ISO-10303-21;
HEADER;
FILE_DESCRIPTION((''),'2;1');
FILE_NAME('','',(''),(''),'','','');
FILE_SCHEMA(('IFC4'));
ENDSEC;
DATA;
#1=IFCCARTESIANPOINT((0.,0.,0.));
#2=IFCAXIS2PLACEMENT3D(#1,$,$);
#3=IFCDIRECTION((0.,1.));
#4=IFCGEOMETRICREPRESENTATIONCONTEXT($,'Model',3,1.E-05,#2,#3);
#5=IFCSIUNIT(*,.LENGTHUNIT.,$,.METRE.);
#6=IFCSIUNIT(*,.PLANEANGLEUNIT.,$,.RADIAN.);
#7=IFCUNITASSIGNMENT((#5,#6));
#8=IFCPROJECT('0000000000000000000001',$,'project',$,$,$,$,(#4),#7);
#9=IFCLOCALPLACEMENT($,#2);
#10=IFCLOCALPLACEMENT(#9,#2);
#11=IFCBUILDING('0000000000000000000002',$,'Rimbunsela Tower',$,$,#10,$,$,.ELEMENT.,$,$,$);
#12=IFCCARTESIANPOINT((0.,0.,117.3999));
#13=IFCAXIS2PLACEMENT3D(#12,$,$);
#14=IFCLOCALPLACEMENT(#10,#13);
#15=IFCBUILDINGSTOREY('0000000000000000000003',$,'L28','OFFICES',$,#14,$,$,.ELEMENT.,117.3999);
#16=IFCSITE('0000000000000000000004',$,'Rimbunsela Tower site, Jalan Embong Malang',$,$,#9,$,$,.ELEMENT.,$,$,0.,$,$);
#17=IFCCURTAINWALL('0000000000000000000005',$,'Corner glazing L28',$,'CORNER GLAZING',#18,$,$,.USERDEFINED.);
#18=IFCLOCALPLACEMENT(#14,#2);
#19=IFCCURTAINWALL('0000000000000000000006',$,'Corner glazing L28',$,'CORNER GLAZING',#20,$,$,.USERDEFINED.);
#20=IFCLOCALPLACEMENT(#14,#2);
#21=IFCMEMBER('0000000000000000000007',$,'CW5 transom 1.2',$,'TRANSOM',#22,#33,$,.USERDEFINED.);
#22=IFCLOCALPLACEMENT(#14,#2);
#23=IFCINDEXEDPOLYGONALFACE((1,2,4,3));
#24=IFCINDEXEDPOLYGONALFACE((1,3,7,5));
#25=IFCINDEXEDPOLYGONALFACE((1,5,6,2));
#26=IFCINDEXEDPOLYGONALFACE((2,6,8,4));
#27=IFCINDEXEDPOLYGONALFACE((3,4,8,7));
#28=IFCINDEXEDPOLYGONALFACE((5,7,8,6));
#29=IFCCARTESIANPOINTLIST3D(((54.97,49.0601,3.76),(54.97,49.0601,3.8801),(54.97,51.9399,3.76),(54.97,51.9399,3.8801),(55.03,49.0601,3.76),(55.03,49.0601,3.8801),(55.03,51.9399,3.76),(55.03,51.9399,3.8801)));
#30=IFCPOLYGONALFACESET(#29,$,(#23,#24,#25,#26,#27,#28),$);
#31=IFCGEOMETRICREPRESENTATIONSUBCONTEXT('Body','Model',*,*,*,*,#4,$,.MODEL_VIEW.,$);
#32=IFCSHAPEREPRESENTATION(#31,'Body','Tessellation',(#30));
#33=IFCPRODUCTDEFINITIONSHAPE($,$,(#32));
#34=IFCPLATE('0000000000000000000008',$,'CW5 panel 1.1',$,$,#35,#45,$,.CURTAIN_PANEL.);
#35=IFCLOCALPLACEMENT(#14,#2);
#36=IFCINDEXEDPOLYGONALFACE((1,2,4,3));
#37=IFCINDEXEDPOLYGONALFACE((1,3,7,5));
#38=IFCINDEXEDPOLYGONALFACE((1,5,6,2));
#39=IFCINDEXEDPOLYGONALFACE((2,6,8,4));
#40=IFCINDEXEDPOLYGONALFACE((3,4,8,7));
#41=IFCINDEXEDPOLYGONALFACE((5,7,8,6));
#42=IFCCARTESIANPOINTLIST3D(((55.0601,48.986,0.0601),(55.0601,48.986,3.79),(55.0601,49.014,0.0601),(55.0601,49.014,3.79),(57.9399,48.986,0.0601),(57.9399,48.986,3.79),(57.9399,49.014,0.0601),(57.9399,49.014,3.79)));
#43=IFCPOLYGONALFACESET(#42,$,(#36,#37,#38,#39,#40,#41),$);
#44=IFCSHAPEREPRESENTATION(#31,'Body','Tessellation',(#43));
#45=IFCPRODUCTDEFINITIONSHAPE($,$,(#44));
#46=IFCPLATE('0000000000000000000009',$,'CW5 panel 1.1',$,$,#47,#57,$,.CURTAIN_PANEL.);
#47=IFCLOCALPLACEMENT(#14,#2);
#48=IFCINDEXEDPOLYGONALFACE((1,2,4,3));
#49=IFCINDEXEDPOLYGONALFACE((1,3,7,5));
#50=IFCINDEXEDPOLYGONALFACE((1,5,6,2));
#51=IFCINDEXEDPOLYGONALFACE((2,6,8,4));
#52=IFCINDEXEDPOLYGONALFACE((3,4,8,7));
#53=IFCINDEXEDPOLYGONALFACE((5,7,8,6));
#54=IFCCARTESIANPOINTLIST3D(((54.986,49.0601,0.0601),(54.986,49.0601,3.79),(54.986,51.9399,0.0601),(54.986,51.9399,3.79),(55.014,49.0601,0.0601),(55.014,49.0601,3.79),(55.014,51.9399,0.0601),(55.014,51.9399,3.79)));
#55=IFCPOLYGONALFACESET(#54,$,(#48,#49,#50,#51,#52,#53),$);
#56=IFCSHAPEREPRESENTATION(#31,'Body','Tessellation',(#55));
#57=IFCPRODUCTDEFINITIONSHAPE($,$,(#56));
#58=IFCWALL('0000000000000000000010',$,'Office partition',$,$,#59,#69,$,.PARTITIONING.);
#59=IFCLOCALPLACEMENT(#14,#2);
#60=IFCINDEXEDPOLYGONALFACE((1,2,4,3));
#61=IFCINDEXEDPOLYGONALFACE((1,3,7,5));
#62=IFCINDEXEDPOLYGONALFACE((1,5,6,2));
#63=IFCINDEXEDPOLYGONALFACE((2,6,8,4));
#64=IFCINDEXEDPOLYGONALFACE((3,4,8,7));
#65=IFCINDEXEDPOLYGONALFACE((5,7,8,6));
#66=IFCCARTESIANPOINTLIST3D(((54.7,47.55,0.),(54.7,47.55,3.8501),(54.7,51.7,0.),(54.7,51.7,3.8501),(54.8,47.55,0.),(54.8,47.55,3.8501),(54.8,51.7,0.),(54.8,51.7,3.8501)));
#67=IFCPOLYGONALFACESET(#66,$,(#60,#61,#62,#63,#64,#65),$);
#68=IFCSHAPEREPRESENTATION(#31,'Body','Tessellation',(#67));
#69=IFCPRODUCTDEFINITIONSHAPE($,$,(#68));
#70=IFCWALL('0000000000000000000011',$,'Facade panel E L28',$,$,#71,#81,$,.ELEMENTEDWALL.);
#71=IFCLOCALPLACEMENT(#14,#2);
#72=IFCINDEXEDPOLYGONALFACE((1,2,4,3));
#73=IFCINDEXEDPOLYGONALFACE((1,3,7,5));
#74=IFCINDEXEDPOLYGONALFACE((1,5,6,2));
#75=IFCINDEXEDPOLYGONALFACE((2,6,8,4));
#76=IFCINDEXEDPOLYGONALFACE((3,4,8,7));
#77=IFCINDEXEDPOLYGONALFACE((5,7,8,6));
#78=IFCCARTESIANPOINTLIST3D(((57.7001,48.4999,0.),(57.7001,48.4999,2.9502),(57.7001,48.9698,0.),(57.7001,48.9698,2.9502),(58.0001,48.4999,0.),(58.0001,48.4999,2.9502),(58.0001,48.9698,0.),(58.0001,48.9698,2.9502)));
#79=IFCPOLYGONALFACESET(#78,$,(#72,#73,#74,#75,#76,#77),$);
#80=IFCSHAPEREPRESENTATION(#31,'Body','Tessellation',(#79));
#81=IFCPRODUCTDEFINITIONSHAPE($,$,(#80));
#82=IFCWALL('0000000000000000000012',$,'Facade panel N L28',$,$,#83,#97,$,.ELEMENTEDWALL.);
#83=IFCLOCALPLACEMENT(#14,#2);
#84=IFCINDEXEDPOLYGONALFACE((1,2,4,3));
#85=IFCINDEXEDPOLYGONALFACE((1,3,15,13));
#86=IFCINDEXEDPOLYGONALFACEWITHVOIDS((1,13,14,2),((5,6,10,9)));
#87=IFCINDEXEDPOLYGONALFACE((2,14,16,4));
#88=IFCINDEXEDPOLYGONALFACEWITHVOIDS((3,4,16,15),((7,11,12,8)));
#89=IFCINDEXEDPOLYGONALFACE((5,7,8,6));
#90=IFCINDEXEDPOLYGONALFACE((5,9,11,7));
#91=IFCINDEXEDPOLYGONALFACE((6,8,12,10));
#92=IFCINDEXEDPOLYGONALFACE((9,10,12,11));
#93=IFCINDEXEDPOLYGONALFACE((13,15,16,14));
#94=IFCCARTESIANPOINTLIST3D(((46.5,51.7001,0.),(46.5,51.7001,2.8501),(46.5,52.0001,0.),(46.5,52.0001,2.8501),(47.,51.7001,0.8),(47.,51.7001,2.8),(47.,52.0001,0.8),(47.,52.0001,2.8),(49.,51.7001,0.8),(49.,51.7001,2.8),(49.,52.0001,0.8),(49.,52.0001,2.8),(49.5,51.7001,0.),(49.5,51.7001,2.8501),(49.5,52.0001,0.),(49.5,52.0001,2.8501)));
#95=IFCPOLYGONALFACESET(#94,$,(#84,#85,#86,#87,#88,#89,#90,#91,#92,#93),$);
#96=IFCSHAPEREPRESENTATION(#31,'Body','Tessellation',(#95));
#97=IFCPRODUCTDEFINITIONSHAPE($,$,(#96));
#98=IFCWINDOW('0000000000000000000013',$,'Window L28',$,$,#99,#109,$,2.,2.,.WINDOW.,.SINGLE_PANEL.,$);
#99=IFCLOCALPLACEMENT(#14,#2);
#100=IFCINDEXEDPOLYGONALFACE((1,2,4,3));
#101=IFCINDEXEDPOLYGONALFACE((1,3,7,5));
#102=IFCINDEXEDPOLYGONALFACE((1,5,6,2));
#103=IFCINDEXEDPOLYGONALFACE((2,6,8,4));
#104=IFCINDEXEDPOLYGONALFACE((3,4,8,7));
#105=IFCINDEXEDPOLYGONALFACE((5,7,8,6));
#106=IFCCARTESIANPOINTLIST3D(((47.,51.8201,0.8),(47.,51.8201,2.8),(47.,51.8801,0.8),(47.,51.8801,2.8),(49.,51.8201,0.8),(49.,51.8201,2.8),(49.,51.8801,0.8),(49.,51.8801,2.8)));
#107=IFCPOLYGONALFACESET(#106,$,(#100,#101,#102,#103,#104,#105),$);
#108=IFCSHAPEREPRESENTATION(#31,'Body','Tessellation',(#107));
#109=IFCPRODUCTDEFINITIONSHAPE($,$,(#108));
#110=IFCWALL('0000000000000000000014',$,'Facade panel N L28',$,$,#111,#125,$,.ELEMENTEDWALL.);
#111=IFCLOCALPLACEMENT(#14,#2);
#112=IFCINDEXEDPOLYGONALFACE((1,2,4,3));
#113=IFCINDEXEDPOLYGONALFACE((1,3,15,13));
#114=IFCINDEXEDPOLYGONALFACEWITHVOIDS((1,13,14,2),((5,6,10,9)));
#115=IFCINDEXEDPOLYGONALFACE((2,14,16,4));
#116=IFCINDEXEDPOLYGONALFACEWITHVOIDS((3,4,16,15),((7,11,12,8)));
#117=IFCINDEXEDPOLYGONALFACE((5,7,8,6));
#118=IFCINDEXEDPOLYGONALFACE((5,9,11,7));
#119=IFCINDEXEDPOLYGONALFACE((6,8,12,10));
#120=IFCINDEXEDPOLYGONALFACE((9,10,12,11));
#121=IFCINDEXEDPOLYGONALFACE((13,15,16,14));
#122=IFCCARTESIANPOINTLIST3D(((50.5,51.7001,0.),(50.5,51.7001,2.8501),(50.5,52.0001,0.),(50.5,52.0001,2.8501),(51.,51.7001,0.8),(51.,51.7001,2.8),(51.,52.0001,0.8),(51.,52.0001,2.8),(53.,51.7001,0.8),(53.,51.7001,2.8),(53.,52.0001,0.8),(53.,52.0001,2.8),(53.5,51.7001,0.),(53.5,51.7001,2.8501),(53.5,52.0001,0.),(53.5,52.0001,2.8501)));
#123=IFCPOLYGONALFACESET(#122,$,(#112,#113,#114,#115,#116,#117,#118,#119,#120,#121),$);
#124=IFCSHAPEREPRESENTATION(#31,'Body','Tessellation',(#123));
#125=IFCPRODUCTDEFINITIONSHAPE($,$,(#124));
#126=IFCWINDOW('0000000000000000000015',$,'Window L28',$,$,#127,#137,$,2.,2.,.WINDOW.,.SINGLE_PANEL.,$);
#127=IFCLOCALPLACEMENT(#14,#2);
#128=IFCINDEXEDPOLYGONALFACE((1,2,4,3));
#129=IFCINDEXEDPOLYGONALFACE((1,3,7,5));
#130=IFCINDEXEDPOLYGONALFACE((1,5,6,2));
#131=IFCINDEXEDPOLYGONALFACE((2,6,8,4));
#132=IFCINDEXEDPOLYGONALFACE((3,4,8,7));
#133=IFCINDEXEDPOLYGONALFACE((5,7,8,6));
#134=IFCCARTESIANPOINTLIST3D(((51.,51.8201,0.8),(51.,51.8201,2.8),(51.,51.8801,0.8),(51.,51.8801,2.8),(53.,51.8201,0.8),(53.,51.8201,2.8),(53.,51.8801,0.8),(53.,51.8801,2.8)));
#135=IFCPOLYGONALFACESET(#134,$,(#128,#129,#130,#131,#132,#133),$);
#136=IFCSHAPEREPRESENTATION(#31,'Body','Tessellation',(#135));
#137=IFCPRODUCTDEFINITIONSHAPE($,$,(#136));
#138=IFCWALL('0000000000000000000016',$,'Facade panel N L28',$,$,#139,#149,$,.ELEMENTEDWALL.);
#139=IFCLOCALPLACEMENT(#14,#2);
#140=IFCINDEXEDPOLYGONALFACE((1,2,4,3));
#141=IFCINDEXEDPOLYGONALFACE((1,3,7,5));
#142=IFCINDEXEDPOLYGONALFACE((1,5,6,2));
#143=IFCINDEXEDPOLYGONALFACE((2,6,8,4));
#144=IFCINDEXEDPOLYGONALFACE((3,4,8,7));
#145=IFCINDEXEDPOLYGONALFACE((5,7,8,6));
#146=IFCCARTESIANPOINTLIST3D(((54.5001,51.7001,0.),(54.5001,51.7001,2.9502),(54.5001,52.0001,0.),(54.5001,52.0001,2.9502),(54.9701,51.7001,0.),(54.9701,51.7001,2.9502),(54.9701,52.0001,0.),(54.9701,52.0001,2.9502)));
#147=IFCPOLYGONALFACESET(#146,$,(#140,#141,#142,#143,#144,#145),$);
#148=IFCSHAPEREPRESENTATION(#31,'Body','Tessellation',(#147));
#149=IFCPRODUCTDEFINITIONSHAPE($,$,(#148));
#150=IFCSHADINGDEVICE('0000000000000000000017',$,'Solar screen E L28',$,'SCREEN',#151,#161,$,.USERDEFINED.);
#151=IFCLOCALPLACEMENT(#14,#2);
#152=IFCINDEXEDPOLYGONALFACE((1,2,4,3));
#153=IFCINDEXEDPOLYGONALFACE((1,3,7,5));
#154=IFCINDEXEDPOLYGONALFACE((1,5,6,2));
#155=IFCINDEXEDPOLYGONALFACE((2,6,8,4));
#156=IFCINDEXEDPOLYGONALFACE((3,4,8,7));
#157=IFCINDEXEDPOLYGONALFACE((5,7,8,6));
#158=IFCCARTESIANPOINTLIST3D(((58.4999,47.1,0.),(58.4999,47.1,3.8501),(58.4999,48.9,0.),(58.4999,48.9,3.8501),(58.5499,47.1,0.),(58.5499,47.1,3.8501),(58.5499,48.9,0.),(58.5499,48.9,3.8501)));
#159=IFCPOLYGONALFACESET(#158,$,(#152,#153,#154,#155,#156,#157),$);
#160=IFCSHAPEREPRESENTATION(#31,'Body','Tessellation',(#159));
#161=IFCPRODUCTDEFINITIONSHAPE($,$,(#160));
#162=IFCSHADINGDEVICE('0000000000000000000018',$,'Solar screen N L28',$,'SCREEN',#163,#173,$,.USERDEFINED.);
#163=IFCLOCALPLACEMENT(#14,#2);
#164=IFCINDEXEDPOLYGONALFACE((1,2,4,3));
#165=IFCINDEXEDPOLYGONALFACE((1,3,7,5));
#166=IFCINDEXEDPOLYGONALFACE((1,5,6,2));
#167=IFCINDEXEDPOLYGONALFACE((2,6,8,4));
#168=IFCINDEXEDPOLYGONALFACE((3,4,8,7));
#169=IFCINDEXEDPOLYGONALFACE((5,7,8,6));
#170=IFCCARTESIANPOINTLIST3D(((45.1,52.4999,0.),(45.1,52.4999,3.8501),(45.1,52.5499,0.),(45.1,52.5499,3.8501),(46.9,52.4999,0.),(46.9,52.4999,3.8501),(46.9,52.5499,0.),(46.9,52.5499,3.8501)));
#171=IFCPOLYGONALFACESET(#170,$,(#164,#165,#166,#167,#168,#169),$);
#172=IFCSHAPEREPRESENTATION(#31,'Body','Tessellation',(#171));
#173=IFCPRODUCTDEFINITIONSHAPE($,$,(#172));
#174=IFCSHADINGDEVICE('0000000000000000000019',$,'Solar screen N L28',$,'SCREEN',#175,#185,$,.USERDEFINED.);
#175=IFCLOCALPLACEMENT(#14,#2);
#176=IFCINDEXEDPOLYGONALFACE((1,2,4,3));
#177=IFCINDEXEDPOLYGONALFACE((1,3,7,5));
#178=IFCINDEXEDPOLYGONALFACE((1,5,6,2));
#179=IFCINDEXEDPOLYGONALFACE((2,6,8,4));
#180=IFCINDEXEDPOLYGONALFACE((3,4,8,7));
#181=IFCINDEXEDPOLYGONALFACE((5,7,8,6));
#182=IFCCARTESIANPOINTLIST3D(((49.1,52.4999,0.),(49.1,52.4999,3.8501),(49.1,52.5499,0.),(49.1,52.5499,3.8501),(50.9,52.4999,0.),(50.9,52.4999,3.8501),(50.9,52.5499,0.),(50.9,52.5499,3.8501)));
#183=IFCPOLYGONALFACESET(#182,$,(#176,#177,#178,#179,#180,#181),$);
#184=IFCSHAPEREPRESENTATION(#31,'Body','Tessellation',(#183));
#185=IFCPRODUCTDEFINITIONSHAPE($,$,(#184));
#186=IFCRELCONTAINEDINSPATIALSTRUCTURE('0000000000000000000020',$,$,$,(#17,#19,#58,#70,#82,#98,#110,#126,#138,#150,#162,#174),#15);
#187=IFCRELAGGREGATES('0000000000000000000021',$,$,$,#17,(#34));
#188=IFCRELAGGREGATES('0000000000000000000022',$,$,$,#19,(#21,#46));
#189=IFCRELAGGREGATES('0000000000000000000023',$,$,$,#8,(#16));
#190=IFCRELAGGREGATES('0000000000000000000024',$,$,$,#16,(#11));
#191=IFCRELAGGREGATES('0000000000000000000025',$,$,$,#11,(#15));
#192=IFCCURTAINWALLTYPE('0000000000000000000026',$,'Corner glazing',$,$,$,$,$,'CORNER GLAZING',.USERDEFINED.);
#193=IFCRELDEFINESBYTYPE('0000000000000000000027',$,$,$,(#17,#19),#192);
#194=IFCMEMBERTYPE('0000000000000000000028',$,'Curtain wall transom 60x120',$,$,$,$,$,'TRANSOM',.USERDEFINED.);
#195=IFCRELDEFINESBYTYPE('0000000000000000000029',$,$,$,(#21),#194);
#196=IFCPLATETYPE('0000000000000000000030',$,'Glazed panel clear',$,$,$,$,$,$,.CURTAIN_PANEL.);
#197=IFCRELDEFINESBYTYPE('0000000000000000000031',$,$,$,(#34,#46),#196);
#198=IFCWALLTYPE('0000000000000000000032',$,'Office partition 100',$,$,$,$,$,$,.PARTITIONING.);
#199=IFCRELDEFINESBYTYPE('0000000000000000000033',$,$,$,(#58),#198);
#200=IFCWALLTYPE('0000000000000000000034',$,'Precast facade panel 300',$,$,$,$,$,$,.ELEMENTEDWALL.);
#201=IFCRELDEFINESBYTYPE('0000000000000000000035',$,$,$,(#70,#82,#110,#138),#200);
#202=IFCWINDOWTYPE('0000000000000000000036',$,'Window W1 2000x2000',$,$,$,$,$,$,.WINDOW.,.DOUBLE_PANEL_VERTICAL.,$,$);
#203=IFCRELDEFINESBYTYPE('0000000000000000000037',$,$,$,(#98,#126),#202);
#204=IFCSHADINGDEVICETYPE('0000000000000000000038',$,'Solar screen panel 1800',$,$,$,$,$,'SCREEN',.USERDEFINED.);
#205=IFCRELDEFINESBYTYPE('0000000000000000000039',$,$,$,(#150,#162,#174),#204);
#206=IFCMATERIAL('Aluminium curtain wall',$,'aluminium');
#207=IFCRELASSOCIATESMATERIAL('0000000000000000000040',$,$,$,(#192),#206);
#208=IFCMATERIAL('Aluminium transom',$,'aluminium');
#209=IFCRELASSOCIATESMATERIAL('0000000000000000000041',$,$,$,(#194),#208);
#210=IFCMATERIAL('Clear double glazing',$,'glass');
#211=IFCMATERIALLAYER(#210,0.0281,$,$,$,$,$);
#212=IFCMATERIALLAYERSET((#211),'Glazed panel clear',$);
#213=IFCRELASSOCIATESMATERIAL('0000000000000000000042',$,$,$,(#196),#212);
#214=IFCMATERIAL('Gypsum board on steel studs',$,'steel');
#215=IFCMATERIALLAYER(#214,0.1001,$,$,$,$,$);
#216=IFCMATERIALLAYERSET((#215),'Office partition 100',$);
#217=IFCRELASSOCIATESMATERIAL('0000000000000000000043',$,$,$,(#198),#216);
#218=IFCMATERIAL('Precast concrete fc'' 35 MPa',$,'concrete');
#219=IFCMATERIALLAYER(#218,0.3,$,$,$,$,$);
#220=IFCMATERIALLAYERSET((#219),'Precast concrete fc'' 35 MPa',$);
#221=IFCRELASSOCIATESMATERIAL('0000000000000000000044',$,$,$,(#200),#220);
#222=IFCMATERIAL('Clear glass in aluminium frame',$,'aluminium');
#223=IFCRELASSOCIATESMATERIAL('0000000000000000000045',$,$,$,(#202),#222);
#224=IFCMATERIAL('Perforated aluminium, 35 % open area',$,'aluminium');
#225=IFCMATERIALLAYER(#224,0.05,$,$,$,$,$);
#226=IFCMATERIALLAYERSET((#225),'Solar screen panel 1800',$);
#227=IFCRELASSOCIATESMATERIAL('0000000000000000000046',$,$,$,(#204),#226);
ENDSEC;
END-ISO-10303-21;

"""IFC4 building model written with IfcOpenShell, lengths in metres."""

from ifc_helpers import new_model, si_unit, direction, frame, frame_2d, origin, origin_2d, place, context, subcontext, project, spatial, rectangle, extrude, material, layer, layer_set, material_profile, profile_set, type_object, element, fill, aggregate, save


model = new_model("IFC4")

# Units and contexts
model_context = context("Model", 3, precision=1e-05, world=origin(), true_north=direction((0.0, 1.0)))
body_context = subcontext(model_context, "Body", "Model", "MODEL_VIEW")
ifc_project = project(units=[si_unit("LENGTHUNIT", "METRE"), si_unit("PLANEANGLEUNIT", "RADIAN")], contexts=[model_context])

# Site, building, storey
site_placement = place(None, origin())
site = spatial("IfcSite", under=ifc_project, at=site_placement, Name="Rimbunsela Tower site, Jalan Embong Malang", CompositionType="ELEMENT", RefElevation=0.0)
building_placement = place(site_placement, origin())
building = spatial("IfcBuilding", under=site, at=building_placement, Name="Rimbunsela Tower", CompositionType="ELEMENT")
storey_placement = place(building_placement, frame((0.0, 0.0, 117.3999)))
storey = spatial("IfcBuildingStorey", under=building, at=storey_placement, Name="L28", Description="OFFICES", CompositionType="ELEMENT", Elevation=117.3999)

# Curtain walls
ifc_material_1 = material(Name="Aluminium curtain wall", Category="aluminium")
curtain_wall_type = type_object("IfcCurtainWallType", Name="Corner glazing", ElementType="CORNER GLAZING", PredefinedType="USERDEFINED", material=ifc_material_1)
curtain_wall_1_placement = place(storey_placement, origin())
curtain_wall_1 = element("IfcCurtainWall", 1, at=curtain_wall_1_placement, inside=storey, type_object=curtain_wall_type, Name="Corner glazing L28", ObjectType="CORNER GLAZING", PredefinedType="USERDEFINED")
curtain_wall_2_placement = place(storey_placement, origin())
curtain_wall_2 = element("IfcCurtainWall", 2, at=curtain_wall_2_placement, inside=storey, type_object=curtain_wall_type, Name="Corner glazing L28", ObjectType="CORNER GLAZING", PredefinedType="USERDEFINED")

# Member
ifc_material_2 = material(Name="Aluminium transom", Category="aluminium")
ifc_material_profile_1 = material_profile(ifc_material_2, rectangle(XDim=0.0601, YDim=0.1201, at=origin_2d()), Name="Transom 60x120")
ifc_profile_set_1 = profile_set([ifc_material_profile_1], Name="Aluminium transom")
member_type_1 = type_object("IfcMemberType", Name="Curtain wall transom 60x120", ElementType="TRANSOM", PredefinedType="USERDEFINED", material=ifc_profile_set_1)
member_1_placement = place(storey_placement, frame((55.0, 49.0601, 3.8201), z_axis=(0.0, 1.0, 0.0), x_axis=(-1.0, 0.0, 0.0)))
member_1 = element("IfcMember", 3, at=member_1_placement, type_object=member_type_1, Name="CW5 transom 1.2", ObjectType="TRANSOM", PredefinedType="USERDEFINED", context=body_context, shape_type="SweptSolid", body=[
    extrude(rectangle(XDim=0.0601, YDim=0.1201, at=origin_2d()), origin(), (0.0, 0.0, 1.0), 2.8799),
])

# Plates
ifc_material_3 = material(Name="Clear double glazing", Category="glass")
ifc_layer_1 = layer(ifc_material_3, 0.0281)
ifc_layer_set_1 = layer_set([ifc_layer_1], Name="Glazed panel clear")
plate_type = type_object("IfcPlateType", Name="Glazed panel clear", PredefinedType="CURTAIN_PANEL", material=ifc_layer_set_1)
plate_1_placement = place(storey_placement, frame((56.5, 49.0, 0.0601), z_axis=(0.0, 0.0, 1.0), x_axis=(-1.0, 0.0, 0.0)))
plate_1 = element("IfcPlate", 4, at=plate_1_placement, type_object=plate_type, Name="CW5 panel 1.1", PredefinedType="CURTAIN_PANEL", context=body_context, shape_type="SweptSolid", body=[
    extrude(rectangle(XDim=2.8799, YDim=0.0281, at=origin_2d()), origin(), (0.0, 0.0, 1.0), 3.73),
])
aggregate(curtain_wall_1, [plate_1])
plate_2_placement = place(storey_placement, frame((55.0, 50.5, 0.0601), z_axis=(0.0, 0.0, 1.0), x_axis=(0.0, 1.0, 0.0)))
plate_2 = element("IfcPlate", 5, at=plate_2_placement, type_object=plate_type, Name="CW5 panel 1.1", PredefinedType="CURTAIN_PANEL", context=body_context, shape_type="SweptSolid", body=[
    extrude(rectangle(XDim=2.8799, YDim=0.0281, at=origin_2d()), origin(), (0.0, 0.0, 1.0), 3.73),
])
aggregate(curtain_wall_2, [member_1, plate_2])

# Walls
ifc_material_4 = material(Name="Gypsum board on steel studs", Category="steel")
ifc_layer_2 = layer(ifc_material_4, 0.1001)
ifc_layer_set_2 = layer_set([ifc_layer_2], Name="Office partition 100")
wall_type_1 = type_object("IfcWallType", Name="Office partition 100", PredefinedType="PARTITIONING", material=ifc_layer_set_2)
wall_1_placement = place(storey_placement, frame((54.75, 47.55, 0.0), z_axis=(0.0, 0.0, 1.0), x_axis=(0.0, 1.0, 0.0)))
element("IfcWall", 6, at=wall_1_placement, inside=storey, type_object=wall_type_1, Name="Office partition", PredefinedType="PARTITIONING", context=body_context, shape_type="SweptSolid", body=[
    extrude(rectangle(XDim=4.1499, YDim=0.1001, at=frame_2d((2.075, 0.0))), origin(), (0.0, 0.0, 1.0), 3.8501),
])
ifc_material_5 = material(Name="Precast concrete fc' 35 MPa", Category="concrete")
ifc_layer_3 = layer(ifc_material_5, 0.3)
ifc_layer_set_3 = layer_set([ifc_layer_3], Name="Precast concrete fc' 35 MPa")
wall_type_2 = type_object("IfcWallType", Name="Precast facade panel 300", PredefinedType="ELEMENTEDWALL", material=ifc_layer_set_3)
wall_2_placement = place(storey_placement, frame((57.8501, 48.5, 0.0), z_axis=(0.0, 0.0, 1.0), x_axis=(0.0, 1.0, 0.0)))
element("IfcWall", 7, at=wall_2_placement, inside=storey, type_object=wall_type_2, Name="Facade panel E L28", PredefinedType="ELEMENTEDWALL", context=body_context, shape_type="SweptSolid", body=[
    extrude(rectangle(XDim=0.47, YDim=0.3, at=frame_2d((0.2349, 0.0))), origin(), (0.0, 0.0, 1.0), 2.9502),
])

# Walls, openings, windows
wall_3_placement = place(storey_placement, frame((49.5, 51.8501, 0.0), z_axis=(0.0, 0.0, 1.0), x_axis=(-1.0, 0.0, 0.0)))
wall_3 = element("IfcWall", 8, at=wall_3_placement, inside=storey, type_object=wall_type_2, Name="Facade panel N L28", PredefinedType="ELEMENTEDWALL", context=body_context, shape_type="SweptSolid", body=[
    extrude(rectangle(XDim=3.0, YDim=0.3, at=frame_2d((1.5, 0.0))), origin(), (0.0, 0.0, 1.0), 2.8501),
])
opening_1_placement = place(wall_3_placement, frame((0.5, 0.0, 0.8)))
opening_1 = element("IfcOpeningElement", 9, at=opening_1_placement, cuts=wall_3, PredefinedType="OPENING", context=body_context, shape_type="SweptSolid", body=[
    extrude(rectangle(XDim=2.0, YDim=2.0, at=frame_2d((1.0, 1.0))), frame((0.0, 0.1599, 0.0), z_axis=(0.0, -1.0, 0.0), x_axis=(1.0, 0.0, 0.0)), (0.0, 0.0, 1.0), 0.3201),
])
ifc_material_6 = material(Name="Clear glass in aluminium frame", Category="aluminium")
window_type = type_object("IfcWindowType", Name="Window W1 2000x2000", PartitioningType="DOUBLE_PANEL_VERTICAL", PredefinedType="WINDOW", material=ifc_material_6)
window_1_placement = place(opening_1_placement, origin())
window_1 = element("IfcWindow", 10, at=window_1_placement, inside=storey, type_object=window_type, Name="Window L28", OverallHeight=2.0, OverallWidth=2.0, PartitioningType="SINGLE_PANEL", PredefinedType="WINDOW", context=body_context, shape_type="SweptSolid", body=[
    extrude(rectangle(XDim=2.0, YDim=2.0, at=frame_2d((1.0, 1.0))), frame((0.0, 0.03, 0.0), z_axis=(0.0, -1.0, 0.0), x_axis=(1.0, 0.0, 0.0)), (0.0, 0.0, 1.0), 0.0601),
])
fill(opening_1, window_1)
wall_4_placement = place(storey_placement, frame((53.5, 51.8501, 0.0), z_axis=(0.0, 0.0, 1.0), x_axis=(-1.0, 0.0, 0.0)))
wall_4 = element("IfcWall", 11, at=wall_4_placement, inside=storey, type_object=wall_type_2, Name="Facade panel N L28", PredefinedType="ELEMENTEDWALL", context=body_context, shape_type="SweptSolid", body=[
    extrude(rectangle(XDim=3.0, YDim=0.3, at=frame_2d((1.5, 0.0))), origin(), (0.0, 0.0, 1.0), 2.8501),
])
opening_2_placement = place(wall_4_placement, frame((0.5, 0.0, 0.8)))
opening_2 = element("IfcOpeningElement", 12, at=opening_2_placement, cuts=wall_4, PredefinedType="OPENING", context=body_context, shape_type="SweptSolid", body=[
    extrude(rectangle(XDim=2.0, YDim=2.0, at=frame_2d((1.0, 1.0))), frame((0.0, 0.1599, 0.0), z_axis=(0.0, -1.0, 0.0), x_axis=(1.0, 0.0, 0.0)), (0.0, 0.0, 1.0), 0.3201),
])
window_2_placement = place(opening_2_placement, origin())
window_2 = element("IfcWindow", 13, at=window_2_placement, inside=storey, type_object=window_type, Name="Window L28", OverallHeight=2.0, OverallWidth=2.0, PartitioningType="SINGLE_PANEL", PredefinedType="WINDOW", context=body_context, shape_type="SweptSolid", body=[
    extrude(rectangle(XDim=2.0, YDim=2.0, at=frame_2d((1.0, 1.0))), frame((0.0, 0.03, 0.0), z_axis=(0.0, -1.0, 0.0), x_axis=(1.0, 0.0, 0.0)), (0.0, 0.0, 1.0), 0.0601),
])
fill(opening_2, window_2)

# Wall
wall_5_placement = place(storey_placement, frame((54.97, 51.8501, 0.0), z_axis=(0.0, 0.0, 1.0), x_axis=(-1.0, 0.0, 0.0)))
element("IfcWall", 14, at=wall_5_placement, inside=storey, type_object=wall_type_2, Name="Facade panel N L28", PredefinedType="ELEMENTEDWALL", context=body_context, shape_type="SweptSolid", body=[
    extrude(rectangle(XDim=0.47, YDim=0.3, at=frame_2d((0.2349, 0.0))), origin(), (0.0, 0.0, 1.0), 2.9502),
])

# Shading devices
ifc_material_7 = material(Name="Perforated aluminium, 35 % open area", Category="aluminium")
ifc_layer_4 = layer(ifc_material_7, 0.05)
ifc_layer_set_4 = layer_set([ifc_layer_4], Name="Solar screen panel 1800")
shading_device_type = type_object("IfcShadingDeviceType", Name="Solar screen panel 1800", ElementType="SCREEN", PredefinedType="USERDEFINED", material=ifc_layer_set_4)
for number, where, z_axis, x_axis, name in (
    (15, (58.5249, 48.0, 0.0), (0.0, 0.0, 1.0), (0.0, 1.0, 0.0), "Solar screen E L28"),
    (16, (46.0, 52.5249, 0.0), (0.0, 0.0, 1.0), (1.0, 0.0, 0.0), "Solar screen N L28"),
    (17, (50.0, 52.5249, 0.0), (0.0, 0.0, 1.0), (1.0, 0.0, 0.0), "Solar screen N L28"),
):
    element("IfcShadingDevice", number, at=place(storey_placement, frame(where, z_axis=z_axis, x_axis=x_axis)), inside=storey, type_object=shading_device_type, Name=name, ObjectType="SCREEN", PredefinedType="USERDEFINED", context=body_context, shape_type="SweptSolid", body=[
        extrude(rectangle(XDim=1.8, YDim=0.05, at=origin_2d()), origin(), (0.0, 0.0, 1.0), 3.8501),
    ])

save(model, "model.ifc")
